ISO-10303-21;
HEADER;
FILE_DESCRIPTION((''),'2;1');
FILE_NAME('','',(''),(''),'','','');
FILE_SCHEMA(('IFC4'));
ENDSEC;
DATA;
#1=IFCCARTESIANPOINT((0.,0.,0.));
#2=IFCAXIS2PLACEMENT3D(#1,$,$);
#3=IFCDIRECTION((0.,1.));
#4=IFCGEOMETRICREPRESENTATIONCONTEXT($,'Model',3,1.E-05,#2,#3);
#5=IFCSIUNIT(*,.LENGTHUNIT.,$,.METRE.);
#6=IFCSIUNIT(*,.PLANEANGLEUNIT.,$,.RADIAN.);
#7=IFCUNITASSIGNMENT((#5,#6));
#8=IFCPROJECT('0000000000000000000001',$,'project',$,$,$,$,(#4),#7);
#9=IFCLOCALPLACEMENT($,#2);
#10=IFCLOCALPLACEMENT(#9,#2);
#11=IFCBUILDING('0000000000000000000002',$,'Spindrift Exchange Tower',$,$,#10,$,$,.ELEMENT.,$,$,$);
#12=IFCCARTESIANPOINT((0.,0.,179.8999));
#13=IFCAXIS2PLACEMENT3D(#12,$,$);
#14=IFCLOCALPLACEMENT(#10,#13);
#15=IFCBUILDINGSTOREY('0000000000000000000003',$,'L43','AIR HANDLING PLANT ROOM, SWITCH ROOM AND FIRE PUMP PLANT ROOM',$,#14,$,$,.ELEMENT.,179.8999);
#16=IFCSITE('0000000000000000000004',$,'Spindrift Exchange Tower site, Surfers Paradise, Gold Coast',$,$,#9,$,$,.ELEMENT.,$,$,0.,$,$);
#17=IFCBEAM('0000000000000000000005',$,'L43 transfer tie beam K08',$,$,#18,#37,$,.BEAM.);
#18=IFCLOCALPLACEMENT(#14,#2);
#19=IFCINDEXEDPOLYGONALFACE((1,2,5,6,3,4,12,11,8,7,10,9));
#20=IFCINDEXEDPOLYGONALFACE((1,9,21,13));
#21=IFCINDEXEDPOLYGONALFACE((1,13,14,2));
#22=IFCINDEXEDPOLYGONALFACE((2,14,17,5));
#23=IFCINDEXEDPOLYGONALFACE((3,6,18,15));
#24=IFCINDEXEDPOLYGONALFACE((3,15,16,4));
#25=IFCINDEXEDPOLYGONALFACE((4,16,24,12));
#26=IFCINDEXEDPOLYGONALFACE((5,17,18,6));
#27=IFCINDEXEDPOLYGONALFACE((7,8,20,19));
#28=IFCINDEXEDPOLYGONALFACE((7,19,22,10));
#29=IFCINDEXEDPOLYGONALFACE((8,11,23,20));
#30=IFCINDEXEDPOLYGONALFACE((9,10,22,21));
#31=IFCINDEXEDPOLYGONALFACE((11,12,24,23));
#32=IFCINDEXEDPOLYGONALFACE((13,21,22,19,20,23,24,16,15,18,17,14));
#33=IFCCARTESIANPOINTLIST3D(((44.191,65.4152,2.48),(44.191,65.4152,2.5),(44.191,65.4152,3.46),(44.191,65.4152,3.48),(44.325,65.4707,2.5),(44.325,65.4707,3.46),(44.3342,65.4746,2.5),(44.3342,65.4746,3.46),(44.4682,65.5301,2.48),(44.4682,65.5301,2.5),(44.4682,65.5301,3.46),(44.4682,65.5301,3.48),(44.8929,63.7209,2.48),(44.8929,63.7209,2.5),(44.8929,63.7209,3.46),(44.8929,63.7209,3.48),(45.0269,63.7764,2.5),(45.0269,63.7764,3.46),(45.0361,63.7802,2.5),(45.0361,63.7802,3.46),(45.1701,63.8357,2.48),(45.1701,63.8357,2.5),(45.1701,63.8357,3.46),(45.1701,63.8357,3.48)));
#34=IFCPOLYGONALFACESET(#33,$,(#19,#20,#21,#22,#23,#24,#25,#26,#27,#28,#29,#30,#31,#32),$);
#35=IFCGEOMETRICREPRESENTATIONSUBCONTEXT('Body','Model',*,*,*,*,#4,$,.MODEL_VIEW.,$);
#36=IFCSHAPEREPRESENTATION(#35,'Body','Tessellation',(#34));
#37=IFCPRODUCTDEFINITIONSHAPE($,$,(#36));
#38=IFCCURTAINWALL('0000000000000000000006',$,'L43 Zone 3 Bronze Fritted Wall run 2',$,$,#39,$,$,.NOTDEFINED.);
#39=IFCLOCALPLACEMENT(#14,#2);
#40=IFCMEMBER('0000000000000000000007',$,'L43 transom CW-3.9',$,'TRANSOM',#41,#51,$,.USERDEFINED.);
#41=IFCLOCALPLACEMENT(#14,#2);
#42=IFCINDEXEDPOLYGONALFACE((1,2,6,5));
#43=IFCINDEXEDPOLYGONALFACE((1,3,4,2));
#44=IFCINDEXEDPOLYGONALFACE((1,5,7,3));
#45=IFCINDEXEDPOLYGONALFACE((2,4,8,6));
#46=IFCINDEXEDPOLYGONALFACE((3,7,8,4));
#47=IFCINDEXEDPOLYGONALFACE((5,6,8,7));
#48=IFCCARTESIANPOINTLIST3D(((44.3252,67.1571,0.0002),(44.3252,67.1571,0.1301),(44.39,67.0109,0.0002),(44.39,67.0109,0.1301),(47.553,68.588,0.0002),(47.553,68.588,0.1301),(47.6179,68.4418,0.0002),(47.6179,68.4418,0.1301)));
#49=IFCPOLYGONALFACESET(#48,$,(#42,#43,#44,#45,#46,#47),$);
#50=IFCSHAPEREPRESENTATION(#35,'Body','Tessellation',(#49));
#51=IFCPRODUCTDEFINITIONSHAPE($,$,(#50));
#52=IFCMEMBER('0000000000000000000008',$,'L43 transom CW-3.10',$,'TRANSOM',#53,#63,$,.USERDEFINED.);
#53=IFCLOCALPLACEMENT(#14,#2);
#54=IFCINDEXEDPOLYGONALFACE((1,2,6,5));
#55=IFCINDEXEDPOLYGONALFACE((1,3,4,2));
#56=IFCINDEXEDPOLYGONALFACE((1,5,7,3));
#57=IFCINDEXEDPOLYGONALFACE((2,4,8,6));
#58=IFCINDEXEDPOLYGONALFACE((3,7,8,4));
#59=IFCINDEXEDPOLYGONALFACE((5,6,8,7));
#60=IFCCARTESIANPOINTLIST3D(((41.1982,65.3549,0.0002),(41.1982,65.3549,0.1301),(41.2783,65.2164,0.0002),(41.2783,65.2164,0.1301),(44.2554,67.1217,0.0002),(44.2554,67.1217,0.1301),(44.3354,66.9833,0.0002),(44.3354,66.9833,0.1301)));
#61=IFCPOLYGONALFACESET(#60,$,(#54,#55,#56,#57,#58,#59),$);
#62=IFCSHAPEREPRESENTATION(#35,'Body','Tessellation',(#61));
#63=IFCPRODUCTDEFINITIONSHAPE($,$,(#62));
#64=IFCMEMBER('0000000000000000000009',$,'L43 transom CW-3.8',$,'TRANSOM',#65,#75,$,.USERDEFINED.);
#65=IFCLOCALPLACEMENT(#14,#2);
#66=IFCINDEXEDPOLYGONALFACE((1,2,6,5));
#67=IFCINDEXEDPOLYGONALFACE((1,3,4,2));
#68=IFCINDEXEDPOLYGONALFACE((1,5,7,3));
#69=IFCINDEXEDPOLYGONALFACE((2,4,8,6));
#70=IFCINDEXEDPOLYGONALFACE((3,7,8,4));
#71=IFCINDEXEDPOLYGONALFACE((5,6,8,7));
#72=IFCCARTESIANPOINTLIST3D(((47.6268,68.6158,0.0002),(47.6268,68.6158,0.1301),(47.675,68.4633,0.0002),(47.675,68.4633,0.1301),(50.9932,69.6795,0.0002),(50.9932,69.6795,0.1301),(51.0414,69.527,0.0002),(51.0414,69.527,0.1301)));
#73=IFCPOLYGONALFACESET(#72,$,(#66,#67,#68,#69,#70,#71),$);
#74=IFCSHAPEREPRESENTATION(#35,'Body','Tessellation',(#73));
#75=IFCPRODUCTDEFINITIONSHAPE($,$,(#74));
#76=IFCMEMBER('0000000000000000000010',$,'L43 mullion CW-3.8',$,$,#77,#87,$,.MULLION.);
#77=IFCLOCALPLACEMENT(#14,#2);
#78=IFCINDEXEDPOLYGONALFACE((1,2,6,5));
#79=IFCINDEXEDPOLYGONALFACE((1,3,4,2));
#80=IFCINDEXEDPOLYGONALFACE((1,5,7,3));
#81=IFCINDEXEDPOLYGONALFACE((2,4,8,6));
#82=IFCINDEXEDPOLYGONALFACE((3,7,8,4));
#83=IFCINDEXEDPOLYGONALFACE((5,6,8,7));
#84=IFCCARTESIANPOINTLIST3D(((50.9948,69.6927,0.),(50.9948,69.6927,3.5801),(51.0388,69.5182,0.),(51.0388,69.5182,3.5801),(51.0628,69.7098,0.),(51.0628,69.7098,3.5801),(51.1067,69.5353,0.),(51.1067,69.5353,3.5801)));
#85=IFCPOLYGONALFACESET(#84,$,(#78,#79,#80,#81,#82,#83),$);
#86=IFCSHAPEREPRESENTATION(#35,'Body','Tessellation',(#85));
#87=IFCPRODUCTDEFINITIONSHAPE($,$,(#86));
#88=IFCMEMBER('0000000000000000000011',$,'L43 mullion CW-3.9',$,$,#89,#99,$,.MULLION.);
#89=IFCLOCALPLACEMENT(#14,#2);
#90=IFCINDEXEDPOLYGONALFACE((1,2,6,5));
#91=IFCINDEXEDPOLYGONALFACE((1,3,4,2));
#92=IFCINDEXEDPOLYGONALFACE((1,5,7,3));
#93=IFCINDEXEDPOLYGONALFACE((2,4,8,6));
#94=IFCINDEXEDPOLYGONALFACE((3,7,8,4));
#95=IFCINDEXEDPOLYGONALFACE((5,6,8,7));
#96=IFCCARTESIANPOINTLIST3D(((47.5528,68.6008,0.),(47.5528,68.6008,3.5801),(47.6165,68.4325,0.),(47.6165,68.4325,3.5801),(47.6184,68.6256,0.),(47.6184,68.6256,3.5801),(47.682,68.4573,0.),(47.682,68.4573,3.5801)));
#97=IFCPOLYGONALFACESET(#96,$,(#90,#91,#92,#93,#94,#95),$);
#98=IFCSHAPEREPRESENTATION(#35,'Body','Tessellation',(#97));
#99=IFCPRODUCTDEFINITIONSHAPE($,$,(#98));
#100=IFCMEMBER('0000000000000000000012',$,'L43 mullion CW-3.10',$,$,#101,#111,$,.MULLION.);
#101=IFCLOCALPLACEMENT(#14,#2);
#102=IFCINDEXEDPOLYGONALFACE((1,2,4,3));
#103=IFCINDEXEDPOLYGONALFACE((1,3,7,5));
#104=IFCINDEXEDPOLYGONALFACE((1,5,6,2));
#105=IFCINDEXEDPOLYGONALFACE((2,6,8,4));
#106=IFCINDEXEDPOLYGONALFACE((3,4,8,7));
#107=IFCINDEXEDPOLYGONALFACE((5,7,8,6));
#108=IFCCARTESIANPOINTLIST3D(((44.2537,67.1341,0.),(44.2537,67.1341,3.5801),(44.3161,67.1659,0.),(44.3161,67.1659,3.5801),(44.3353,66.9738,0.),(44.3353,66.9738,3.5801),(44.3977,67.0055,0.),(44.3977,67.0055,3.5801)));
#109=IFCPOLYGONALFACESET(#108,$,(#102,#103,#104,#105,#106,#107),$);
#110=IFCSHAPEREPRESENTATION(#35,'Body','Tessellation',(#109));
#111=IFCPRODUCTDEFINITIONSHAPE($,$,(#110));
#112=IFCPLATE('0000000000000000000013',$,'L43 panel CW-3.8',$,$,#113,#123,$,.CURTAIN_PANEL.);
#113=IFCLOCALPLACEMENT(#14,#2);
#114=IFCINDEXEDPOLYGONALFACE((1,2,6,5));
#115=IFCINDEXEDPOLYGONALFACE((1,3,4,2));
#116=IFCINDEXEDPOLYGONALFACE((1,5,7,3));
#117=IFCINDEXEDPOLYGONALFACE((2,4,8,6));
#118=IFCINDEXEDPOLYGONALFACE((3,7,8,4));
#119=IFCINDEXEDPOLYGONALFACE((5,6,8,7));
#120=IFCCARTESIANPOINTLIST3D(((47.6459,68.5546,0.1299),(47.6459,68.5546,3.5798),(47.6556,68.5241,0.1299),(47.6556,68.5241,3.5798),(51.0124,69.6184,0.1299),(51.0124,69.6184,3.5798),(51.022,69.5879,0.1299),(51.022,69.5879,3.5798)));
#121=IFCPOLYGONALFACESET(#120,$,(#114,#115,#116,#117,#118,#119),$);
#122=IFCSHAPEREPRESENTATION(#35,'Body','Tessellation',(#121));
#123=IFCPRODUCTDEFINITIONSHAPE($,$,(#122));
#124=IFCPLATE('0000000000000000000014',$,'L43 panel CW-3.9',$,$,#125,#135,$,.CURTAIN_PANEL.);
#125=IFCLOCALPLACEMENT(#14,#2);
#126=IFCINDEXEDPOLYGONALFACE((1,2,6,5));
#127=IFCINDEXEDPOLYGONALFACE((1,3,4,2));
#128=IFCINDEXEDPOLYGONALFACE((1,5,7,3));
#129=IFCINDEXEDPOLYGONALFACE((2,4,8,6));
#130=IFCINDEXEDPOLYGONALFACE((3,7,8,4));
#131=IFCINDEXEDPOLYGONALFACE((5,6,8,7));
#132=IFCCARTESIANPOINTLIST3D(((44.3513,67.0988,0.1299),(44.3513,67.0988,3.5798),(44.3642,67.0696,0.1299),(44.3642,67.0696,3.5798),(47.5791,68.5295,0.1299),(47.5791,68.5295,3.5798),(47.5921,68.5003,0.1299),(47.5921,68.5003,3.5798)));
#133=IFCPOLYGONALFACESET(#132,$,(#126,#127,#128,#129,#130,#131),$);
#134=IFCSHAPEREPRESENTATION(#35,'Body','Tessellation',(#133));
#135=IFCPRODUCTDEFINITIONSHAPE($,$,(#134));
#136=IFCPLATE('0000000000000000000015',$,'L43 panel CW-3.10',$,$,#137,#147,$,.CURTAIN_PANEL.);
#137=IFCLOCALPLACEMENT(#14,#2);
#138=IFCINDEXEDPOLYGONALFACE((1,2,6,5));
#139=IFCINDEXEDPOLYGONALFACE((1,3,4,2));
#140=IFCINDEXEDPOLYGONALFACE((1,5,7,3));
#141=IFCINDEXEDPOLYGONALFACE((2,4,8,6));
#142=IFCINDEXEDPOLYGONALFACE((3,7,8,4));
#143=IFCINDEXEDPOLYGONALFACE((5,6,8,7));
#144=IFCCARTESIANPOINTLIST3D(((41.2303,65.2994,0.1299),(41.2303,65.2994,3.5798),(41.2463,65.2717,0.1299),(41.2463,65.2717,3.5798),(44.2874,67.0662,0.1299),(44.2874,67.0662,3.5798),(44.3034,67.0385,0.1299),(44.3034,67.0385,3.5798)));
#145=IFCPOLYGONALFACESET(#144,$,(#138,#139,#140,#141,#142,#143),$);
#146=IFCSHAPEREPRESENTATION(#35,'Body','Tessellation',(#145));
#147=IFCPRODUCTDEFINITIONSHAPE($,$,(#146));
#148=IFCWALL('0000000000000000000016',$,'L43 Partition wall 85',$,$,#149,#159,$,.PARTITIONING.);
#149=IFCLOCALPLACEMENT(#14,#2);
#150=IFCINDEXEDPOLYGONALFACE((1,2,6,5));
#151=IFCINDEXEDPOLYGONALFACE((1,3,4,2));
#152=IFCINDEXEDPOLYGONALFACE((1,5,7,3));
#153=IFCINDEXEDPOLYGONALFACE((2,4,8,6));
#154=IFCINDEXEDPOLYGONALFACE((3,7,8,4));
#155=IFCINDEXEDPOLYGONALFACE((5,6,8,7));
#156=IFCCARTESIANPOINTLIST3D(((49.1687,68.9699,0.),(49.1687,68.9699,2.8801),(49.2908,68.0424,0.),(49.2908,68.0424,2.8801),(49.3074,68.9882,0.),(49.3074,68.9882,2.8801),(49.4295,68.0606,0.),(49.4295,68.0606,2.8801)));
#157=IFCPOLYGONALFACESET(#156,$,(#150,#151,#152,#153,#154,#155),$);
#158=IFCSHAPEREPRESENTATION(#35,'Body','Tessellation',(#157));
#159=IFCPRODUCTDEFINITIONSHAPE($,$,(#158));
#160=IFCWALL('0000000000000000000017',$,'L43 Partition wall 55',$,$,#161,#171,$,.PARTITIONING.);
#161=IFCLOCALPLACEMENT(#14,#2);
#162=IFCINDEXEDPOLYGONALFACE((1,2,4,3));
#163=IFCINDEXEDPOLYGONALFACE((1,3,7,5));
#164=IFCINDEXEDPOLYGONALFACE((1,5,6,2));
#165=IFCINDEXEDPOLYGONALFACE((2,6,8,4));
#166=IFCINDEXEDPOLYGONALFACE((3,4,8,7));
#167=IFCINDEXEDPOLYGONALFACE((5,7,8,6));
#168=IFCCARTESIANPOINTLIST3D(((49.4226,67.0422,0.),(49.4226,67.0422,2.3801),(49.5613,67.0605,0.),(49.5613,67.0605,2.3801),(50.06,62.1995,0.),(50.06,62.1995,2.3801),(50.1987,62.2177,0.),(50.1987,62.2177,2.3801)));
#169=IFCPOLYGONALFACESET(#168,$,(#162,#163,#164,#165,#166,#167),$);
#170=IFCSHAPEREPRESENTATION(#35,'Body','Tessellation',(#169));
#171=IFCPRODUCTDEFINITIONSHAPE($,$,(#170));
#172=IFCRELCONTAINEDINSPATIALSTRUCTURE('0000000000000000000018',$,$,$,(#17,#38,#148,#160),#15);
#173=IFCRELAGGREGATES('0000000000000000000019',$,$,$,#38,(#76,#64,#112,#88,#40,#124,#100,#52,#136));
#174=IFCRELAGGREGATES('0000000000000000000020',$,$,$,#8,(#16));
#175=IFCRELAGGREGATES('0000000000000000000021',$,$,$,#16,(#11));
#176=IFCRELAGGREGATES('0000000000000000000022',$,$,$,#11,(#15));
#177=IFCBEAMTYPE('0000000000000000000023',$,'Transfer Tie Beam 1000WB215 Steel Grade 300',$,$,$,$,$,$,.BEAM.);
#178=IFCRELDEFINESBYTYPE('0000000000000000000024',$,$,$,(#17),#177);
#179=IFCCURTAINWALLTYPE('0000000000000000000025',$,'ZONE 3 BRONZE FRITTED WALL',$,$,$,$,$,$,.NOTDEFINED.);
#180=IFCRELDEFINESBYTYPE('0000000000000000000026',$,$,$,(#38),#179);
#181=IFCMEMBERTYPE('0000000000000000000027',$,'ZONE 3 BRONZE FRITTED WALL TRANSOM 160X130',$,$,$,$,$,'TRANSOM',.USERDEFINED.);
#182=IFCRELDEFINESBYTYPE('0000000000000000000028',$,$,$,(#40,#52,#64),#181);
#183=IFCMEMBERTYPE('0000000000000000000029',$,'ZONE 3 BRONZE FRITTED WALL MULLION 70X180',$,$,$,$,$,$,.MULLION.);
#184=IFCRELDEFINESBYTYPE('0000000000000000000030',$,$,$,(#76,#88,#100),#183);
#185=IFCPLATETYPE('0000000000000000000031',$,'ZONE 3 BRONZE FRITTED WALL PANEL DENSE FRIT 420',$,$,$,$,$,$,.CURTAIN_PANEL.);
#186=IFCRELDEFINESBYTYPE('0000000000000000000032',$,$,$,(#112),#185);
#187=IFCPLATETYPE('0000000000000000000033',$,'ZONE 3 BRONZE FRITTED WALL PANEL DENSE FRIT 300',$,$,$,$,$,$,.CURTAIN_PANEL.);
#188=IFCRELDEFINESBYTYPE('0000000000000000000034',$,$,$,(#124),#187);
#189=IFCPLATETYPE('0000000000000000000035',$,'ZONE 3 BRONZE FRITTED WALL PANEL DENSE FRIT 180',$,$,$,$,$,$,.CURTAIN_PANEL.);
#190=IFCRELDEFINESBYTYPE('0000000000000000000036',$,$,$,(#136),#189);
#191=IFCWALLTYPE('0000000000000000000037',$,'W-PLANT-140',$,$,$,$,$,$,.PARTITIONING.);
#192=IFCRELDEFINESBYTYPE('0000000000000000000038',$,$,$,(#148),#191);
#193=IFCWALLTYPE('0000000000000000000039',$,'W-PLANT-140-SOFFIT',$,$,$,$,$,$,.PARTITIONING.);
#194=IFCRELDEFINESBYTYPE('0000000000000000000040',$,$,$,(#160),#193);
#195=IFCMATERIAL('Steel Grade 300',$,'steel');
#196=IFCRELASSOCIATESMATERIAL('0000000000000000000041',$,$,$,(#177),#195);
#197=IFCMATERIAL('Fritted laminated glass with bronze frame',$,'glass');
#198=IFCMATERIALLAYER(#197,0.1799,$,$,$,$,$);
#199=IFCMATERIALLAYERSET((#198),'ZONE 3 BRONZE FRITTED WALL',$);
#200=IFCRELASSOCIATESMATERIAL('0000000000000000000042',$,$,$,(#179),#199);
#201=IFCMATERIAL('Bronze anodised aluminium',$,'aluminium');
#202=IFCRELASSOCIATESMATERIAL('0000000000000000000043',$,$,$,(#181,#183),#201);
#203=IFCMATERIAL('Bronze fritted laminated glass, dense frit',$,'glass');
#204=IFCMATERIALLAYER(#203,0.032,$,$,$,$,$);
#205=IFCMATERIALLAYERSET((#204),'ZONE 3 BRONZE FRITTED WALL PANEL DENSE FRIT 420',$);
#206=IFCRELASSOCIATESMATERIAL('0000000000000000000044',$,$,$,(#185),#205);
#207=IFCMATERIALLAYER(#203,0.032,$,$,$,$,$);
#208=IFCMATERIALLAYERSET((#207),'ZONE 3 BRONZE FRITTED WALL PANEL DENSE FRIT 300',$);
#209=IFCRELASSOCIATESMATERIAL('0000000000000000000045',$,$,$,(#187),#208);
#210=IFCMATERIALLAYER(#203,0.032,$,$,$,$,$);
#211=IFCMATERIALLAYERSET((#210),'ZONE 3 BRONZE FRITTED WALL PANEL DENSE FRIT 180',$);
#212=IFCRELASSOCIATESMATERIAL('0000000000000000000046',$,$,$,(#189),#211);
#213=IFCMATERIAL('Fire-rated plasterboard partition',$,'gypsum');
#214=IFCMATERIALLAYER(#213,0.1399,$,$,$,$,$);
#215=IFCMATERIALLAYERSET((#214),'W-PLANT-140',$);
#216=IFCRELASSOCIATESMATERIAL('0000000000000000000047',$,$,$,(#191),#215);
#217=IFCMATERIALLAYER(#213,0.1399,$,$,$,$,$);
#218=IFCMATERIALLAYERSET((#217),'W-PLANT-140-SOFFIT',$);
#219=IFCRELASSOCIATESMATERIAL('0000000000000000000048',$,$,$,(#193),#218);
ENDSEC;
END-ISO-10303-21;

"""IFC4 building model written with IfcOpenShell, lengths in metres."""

from ifc_helpers import new_model, si_unit, direction, frame, frame_2d, origin, origin_2d, place, context, subcontext, project, spatial, rectangle, i_section, extrude, source, transform, mapped, material, layer, layer_set, material_profile, profile_set, type_object, element, aggregate, save


model = new_model("IFC4")

# Units and contexts
model_context = context("Model", 3, precision=1e-05, world=origin(), true_north=direction((0.0, 1.0)))
body_context = subcontext(model_context, "Body", "Model", "MODEL_VIEW")
ifc_project = project(units=[si_unit("LENGTHUNIT", "METRE"), si_unit("PLANEANGLEUNIT", "RADIAN")], contexts=[model_context])

# Site, building, storey
site_placement = place(None, origin())
site = spatial("IfcSite", under=ifc_project, at=site_placement, Name="Spindrift Exchange Tower site, Surfers Paradise, Gold Coast", CompositionType="ELEMENT", RefElevation=0.0)
building_placement = place(site_placement, origin())
building = spatial("IfcBuilding", under=site, at=building_placement, Name="Spindrift Exchange Tower", CompositionType="ELEMENT")
storey_placement = place(building_placement, frame((0.0, 0.0, 179.8999)))
storey = spatial("IfcBuildingStorey", under=building, at=storey_placement, Name="L43", Description="AIR HANDLING PLANT ROOM, SWITCH ROOM AND FIRE PUMP PLANT ROOM", CompositionType="ELEMENT", Elevation=179.8999)

# Shared definitions
ifc_material_1 = material(Name="Steel Grade 300", Category="steel")

# Beam
ifc_material_profile_1 = material_profile(ifc_material_1, i_section(OverallWidth=0.3, OverallDepth=1.0, WebThickness=0.01, FlangeThickness=0.02, at=origin_2d()), Name="1000WB215")
ifc_profile_set_1 = profile_set([ifc_material_profile_1], Name="Steel Grade 300")
beam_type_1 = type_object("IfcBeamType", Name="Transfer Tie Beam 1000WB215 Steel Grade 300", PredefinedType="BEAM", material=ifc_profile_set_1)
shared_shape_1 = source(origin(), body_context, "Body", "SweptSolid", [
    extrude(i_section(OverallWidth=0.3, OverallDepth=1.0, WebThickness=0.01, FlangeThickness=0.02, at=origin_2d()), origin(), (0.0, 0.0, 1.0), 1.834),
])
beam_1_placement = place(storey_placement, frame((44.3296, 65.4727, 2.98), z_axis=(0.382724, -0.923863, 0.0), x_axis=(0.923863, 0.382724, 0.0)))
element("IfcBeam", 1, at=beam_1_placement, inside=storey, type_object=beam_type_1, Name="L43 transfer tie beam K08", PredefinedType="BEAM", context=body_context, shape_type="MappedRepresentation", body=[
    mapped(shared_shape_1, transform((0.0, 0.0, 0.0), scale=1.0)),
])

# Curtain wall, members, plates
ifc_material_2 = material(Name="Fritted laminated glass with bronze frame", Category="glass")
ifc_layer_1 = layer(ifc_material_2, 0.1799)
ifc_layer_set_1 = layer_set([ifc_layer_1], Name="ZONE 3 BRONZE FRITTED WALL")
curtain_wall_type = type_object("IfcCurtainWallType", Name="ZONE 3 BRONZE FRITTED WALL", PredefinedType="NOTDEFINED", material=ifc_layer_set_1)
curtain_wall_placement = place(storey_placement, origin())
curtain_wall = element("IfcCurtainWall", 2, at=curtain_wall_placement, inside=storey, type_object=curtain_wall_type, Name="L43 Zone 3 Bronze Fritted Wall run 2", PredefinedType="NOTDEFINED")
ifc_material_3 = material(Name="Bronze anodised aluminium", Category="aluminium")
ifc_material_profile_2 = material_profile(ifc_material_3, rectangle(XDim=0.1599, YDim=0.1299, at=origin_2d()), Name="ZONE 3 BRONZE FRITTED WALL TRANSOM 160X130")
ifc_profile_set_2 = profile_set([ifc_material_profile_2], Name="Bronze anodised aluminium")
member_type_1 = type_object("IfcMemberType", Name="ZONE 3 BRONZE FRITTED WALL TRANSOM 160X130", ElementType="TRANSOM", PredefinedType="USERDEFINED", material=ifc_profile_set_2)
shared_shape_2 = source(origin(), body_context, "Body", "SweptSolid", [
    extrude(rectangle(XDim=0.1599, YDim=0.1299, at=origin_2d()), origin(), (0.0, 0.0, 1.0), 3.5308),
])
member_1_placement = place(storey_placement, frame((47.5854, 68.5149, 0.0652), z_axis=(-0.914196, -0.405272, 0.0), x_axis=(0.405272, -0.914196, 0.0)))
member_1 = element("IfcMember", 3, at=member_1_placement, type_object=member_type_1, Name="L43 transom CW-3.9", ObjectType="TRANSOM", PredefinedType="USERDEFINED", context=body_context, shape_type="MappedRepresentation", body=[
    mapped(shared_shape_2, transform((0.0, 0.0, 0.0), scale=1.0)),
])
shared_shape_3 = source(origin(), body_context, "Body", "SweptSolid", [
    extrude(rectangle(XDim=0.1599, YDim=0.1299, at=origin_2d()), origin(), (0.0, 0.0, 1.0), 3.531),
])
member_2_placement = place(storey_placement, frame((44.2954, 67.0525, 0.0652), z_axis=(-0.865803, -0.500385, 0.0), x_axis=(0.500385, -0.865803, 0.0)))
member_2 = element("IfcMember", 4, at=member_2_placement, type_object=member_type_1, Name="L43 transom CW-3.10", ObjectType="TRANSOM", PredefinedType="USERDEFINED", context=body_context, shape_type="MappedRepresentation", body=[
    mapped(shared_shape_3, transform((0.0, 0.0, 0.0), scale=1.0)),
])
shared_shape_4 = source(origin(), body_context, "Body", "SweptSolid", [
    extrude(rectangle(XDim=0.1599, YDim=0.1299, at=origin_2d()), origin(), (0.0, 0.0, 1.0), 3.5305),
])
member_3_placement = place(storey_placement, frame((51.0173, 69.6033, 0.0652), z_axis=(-0.953531, -0.301294, 0.0), x_axis=(0.301294, -0.953531, 0.0)))
member_3 = element("IfcMember", 5, at=member_3_placement, type_object=member_type_1, Name="L43 transom CW-3.8", ObjectType="TRANSOM", PredefinedType="USERDEFINED", context=body_context, shape_type="MappedRepresentation", body=[
    mapped(shared_shape_4, transform((0.0, 0.0, 0.0), scale=1.0)),
])
ifc_material_profile_3 = material_profile(ifc_material_3, rectangle(XDim=0.0701, YDim=0.1799, at=origin_2d()), Name="ZONE 3 BRONZE FRITTED WALL MULLION 70X180")
ifc_profile_set_3 = profile_set([ifc_material_profile_3], Name="Bronze anodised aluminium")
member_type_2 = type_object("IfcMemberType", Name="ZONE 3 BRONZE FRITTED WALL MULLION 70X180", PredefinedType="MULLION", material=ifc_profile_set_3)
shared_shape_5 = source(origin(), body_context, "Body", "SweptSolid", [
    extrude(rectangle(XDim=0.0701, YDim=0.1799, at=origin_2d()), origin(), (0.0, 0.0, 1.0), 3.5801),
])
member_4_placement = place(storey_placement, frame((51.0508, 69.614, 0.0), z_axis=(0.0, 0.0, 1.0), x_axis=(-0.969672, -0.244409, 0.0)))
member_4 = element("IfcMember", 6, at=member_4_placement, type_object=member_type_2, Name="L43 mullion CW-3.8", PredefinedType="MULLION", context=body_context, shape_type="MappedRepresentation", body=[
    mapped(shared_shape_5, transform((0.0, 0.0, 0.0), scale=1.0)),
])
member_5_placement = place(storey_placement, frame((47.6174, 68.5291, 0.0), z_axis=(0.0, 0.0, 1.0), x_axis=(-0.935316, -0.353813, 0.0)))
member_5 = element("IfcMember", 7, at=member_5_placement, type_object=member_type_2, Name="L43 mullion CW-3.9", PredefinedType="MULLION", context=body_context, shape_type="MappedRepresentation", body=[
    mapped(shared_shape_5, transform((0.0, 0.0, 0.0), scale=1.0)),
])
member_6_placement = place(storey_placement, frame((44.3257, 67.0698, 0.0), z_axis=(0.0, 0.0, 1.0), x_axis=(-0.891285, -0.453443, 0.0)))
member_6 = element("IfcMember", 8, at=member_6_placement, type_object=member_type_2, Name="L43 mullion CW-3.10", PredefinedType="MULLION", context=body_context, shape_type="MappedRepresentation", body=[
    mapped(shared_shape_5, transform((0.0, 0.0, 0.0), scale=1.0)),
])
ifc_material_4 = material(Name="Bronze fritted laminated glass, dense frit", Category="glass")
ifc_layer_2 = layer(ifc_material_4, 0.032)
ifc_layer_set_2 = layer_set([ifc_layer_2], Name="ZONE 3 BRONZE FRITTED WALL PANEL DENSE FRIT 420")
plate_type_1 = type_object("IfcPlateType", Name="ZONE 3 BRONZE FRITTED WALL PANEL DENSE FRIT 420", PredefinedType="CURTAIN_PANEL", material=ifc_layer_set_2)
shared_shape_6 = source(origin(), body_context, "Body", "SweptSolid", [
    extrude(rectangle(XDim=3.5305, YDim=0.032, at=origin_2d()), origin(), (0.0, 0.0, 1.0), 3.45),
])
plate_1_placement = place(storey_placement, frame((49.334, 69.0713, 0.1299), z_axis=(0.0, 0.0, 1.0), x_axis=(-0.953524, -0.301317, 0.0)))
plate_1 = element("IfcPlate", 9, at=plate_1_placement, type_object=plate_type_1, Name="L43 panel CW-3.8", PredefinedType="CURTAIN_PANEL", context=body_context, shape_type="MappedRepresentation", body=[
    mapped(shared_shape_6, transform((0.0, 0.0, 0.0), scale=1.0)),
])
ifc_layer_3 = layer(ifc_material_4, 0.032)
ifc_layer_set_3 = layer_set([ifc_layer_3], Name="ZONE 3 BRONZE FRITTED WALL PANEL DENSE FRIT 300")
plate_type_2 = type_object("IfcPlateType", Name="ZONE 3 BRONZE FRITTED WALL PANEL DENSE FRIT 300", PredefinedType="CURTAIN_PANEL", material=ifc_layer_set_3)
shared_shape_7 = source(origin(), body_context, "Body", "SweptSolid", [
    extrude(rectangle(XDim=3.5308, YDim=0.032, at=origin_2d()), origin(), (0.0, 0.0, 1.0), 3.45),
])
plate_2_placement = place(storey_placement, frame((45.9717, 67.7996, 0.1299), z_axis=(0.0, 0.0, 1.0), x_axis=(-0.91422, -0.405218, 0.0)))
plate_2 = element("IfcPlate", 10, at=plate_2_placement, type_object=plate_type_2, Name="L43 panel CW-3.9", PredefinedType="CURTAIN_PANEL", context=body_context, shape_type="MappedRepresentation", body=[
    mapped(shared_shape_7, transform((0.0, 0.0, 0.0), scale=1.0)),
])
ifc_layer_4 = layer(ifc_material_4, 0.032)
ifc_layer_set_4 = layer_set([ifc_layer_4], Name="ZONE 3 BRONZE FRITTED WALL PANEL DENSE FRIT 180")
plate_type_3 = type_object("IfcPlateType", Name="ZONE 3 BRONZE FRITTED WALL PANEL DENSE FRIT 180", PredefinedType="CURTAIN_PANEL", material=ifc_layer_set_4)
shared_shape_8 = source(origin(), body_context, "Body", "SweptSolid", [
    extrude(rectangle(XDim=3.531, YDim=0.032, at=origin_2d()), origin(), (0.0, 0.0, 1.0), 3.45),
])
plate_3_placement = place(storey_placement, frame((42.7668, 66.1689, 0.1299), z_axis=(0.0, 0.0, 1.0), x_axis=(-0.86581, -0.500373, 0.0)))
plate_3 = element("IfcPlate", 11, at=plate_3_placement, type_object=plate_type_3, Name="L43 panel CW-3.10", PredefinedType="CURTAIN_PANEL", context=body_context, shape_type="MappedRepresentation", body=[
    mapped(shared_shape_8, transform((0.0, 0.0, 0.0), scale=1.0)),
])
aggregate(curtain_wall, [member_4, member_3, plate_1, member_5, member_1, plate_2, member_6, member_2, plate_3])

# Walls
ifc_material_5 = material(Name="Fire-rated plasterboard partition", Category="gypsum")
ifc_layer_5 = layer(ifc_material_5, 0.1399)
ifc_layer_set_5 = layer_set([ifc_layer_5], Name="W-PLANT-140")
wall_type_1 = type_object("IfcWallType", Name="W-PLANT-140", PredefinedType="PARTITIONING", material=ifc_layer_set_5)
wall_1_placement = place(storey_placement, frame((49.3601, 68.0515, 0.0), z_axis=(0.0, 0.0, 1.0), x_axis=(-0.130488, 0.99145, 0.0)))
element("IfcWall", 12, at=wall_1_placement, inside=storey, type_object=wall_type_1, Name="L43 Partition wall 85", PredefinedType="PARTITIONING", context=body_context, shape_type="SweptSolid", body=[
    extrude(rectangle(XDim=0.9355, YDim=0.1399, at=frame_2d((0.4678, 0.0))), origin(), (0.0, 0.0, 1.0), 2.8801),
])
ifc_layer_6 = layer(ifc_material_5, 0.1399)
ifc_layer_set_6 = layer_set([ifc_layer_6], Name="W-PLANT-140-SOFFIT")
wall_type_2 = type_object("IfcWallType", Name="W-PLANT-140-SOFFIT", PredefinedType="PARTITIONING", material=ifc_layer_set_6)
wall_2_placement = place(storey_placement, frame((50.1294, 62.2085, 0.0), z_axis=(0.0, 0.0, 1.0), x_axis=(-0.130504, 0.991448, 0.0)))
element("IfcWall", 13, at=wall_2_placement, inside=storey, type_object=wall_type_2, Name="L43 Partition wall 55", PredefinedType="PARTITIONING", context=body_context, shape_type="SweptSolid", body=[
    extrude(rectangle(XDim=4.8845, YDim=0.1399, at=frame_2d((2.4424, 0.0))), origin(), (0.0, 0.0, 1.0), 2.3801),
])

save(model, "model.ifc")
